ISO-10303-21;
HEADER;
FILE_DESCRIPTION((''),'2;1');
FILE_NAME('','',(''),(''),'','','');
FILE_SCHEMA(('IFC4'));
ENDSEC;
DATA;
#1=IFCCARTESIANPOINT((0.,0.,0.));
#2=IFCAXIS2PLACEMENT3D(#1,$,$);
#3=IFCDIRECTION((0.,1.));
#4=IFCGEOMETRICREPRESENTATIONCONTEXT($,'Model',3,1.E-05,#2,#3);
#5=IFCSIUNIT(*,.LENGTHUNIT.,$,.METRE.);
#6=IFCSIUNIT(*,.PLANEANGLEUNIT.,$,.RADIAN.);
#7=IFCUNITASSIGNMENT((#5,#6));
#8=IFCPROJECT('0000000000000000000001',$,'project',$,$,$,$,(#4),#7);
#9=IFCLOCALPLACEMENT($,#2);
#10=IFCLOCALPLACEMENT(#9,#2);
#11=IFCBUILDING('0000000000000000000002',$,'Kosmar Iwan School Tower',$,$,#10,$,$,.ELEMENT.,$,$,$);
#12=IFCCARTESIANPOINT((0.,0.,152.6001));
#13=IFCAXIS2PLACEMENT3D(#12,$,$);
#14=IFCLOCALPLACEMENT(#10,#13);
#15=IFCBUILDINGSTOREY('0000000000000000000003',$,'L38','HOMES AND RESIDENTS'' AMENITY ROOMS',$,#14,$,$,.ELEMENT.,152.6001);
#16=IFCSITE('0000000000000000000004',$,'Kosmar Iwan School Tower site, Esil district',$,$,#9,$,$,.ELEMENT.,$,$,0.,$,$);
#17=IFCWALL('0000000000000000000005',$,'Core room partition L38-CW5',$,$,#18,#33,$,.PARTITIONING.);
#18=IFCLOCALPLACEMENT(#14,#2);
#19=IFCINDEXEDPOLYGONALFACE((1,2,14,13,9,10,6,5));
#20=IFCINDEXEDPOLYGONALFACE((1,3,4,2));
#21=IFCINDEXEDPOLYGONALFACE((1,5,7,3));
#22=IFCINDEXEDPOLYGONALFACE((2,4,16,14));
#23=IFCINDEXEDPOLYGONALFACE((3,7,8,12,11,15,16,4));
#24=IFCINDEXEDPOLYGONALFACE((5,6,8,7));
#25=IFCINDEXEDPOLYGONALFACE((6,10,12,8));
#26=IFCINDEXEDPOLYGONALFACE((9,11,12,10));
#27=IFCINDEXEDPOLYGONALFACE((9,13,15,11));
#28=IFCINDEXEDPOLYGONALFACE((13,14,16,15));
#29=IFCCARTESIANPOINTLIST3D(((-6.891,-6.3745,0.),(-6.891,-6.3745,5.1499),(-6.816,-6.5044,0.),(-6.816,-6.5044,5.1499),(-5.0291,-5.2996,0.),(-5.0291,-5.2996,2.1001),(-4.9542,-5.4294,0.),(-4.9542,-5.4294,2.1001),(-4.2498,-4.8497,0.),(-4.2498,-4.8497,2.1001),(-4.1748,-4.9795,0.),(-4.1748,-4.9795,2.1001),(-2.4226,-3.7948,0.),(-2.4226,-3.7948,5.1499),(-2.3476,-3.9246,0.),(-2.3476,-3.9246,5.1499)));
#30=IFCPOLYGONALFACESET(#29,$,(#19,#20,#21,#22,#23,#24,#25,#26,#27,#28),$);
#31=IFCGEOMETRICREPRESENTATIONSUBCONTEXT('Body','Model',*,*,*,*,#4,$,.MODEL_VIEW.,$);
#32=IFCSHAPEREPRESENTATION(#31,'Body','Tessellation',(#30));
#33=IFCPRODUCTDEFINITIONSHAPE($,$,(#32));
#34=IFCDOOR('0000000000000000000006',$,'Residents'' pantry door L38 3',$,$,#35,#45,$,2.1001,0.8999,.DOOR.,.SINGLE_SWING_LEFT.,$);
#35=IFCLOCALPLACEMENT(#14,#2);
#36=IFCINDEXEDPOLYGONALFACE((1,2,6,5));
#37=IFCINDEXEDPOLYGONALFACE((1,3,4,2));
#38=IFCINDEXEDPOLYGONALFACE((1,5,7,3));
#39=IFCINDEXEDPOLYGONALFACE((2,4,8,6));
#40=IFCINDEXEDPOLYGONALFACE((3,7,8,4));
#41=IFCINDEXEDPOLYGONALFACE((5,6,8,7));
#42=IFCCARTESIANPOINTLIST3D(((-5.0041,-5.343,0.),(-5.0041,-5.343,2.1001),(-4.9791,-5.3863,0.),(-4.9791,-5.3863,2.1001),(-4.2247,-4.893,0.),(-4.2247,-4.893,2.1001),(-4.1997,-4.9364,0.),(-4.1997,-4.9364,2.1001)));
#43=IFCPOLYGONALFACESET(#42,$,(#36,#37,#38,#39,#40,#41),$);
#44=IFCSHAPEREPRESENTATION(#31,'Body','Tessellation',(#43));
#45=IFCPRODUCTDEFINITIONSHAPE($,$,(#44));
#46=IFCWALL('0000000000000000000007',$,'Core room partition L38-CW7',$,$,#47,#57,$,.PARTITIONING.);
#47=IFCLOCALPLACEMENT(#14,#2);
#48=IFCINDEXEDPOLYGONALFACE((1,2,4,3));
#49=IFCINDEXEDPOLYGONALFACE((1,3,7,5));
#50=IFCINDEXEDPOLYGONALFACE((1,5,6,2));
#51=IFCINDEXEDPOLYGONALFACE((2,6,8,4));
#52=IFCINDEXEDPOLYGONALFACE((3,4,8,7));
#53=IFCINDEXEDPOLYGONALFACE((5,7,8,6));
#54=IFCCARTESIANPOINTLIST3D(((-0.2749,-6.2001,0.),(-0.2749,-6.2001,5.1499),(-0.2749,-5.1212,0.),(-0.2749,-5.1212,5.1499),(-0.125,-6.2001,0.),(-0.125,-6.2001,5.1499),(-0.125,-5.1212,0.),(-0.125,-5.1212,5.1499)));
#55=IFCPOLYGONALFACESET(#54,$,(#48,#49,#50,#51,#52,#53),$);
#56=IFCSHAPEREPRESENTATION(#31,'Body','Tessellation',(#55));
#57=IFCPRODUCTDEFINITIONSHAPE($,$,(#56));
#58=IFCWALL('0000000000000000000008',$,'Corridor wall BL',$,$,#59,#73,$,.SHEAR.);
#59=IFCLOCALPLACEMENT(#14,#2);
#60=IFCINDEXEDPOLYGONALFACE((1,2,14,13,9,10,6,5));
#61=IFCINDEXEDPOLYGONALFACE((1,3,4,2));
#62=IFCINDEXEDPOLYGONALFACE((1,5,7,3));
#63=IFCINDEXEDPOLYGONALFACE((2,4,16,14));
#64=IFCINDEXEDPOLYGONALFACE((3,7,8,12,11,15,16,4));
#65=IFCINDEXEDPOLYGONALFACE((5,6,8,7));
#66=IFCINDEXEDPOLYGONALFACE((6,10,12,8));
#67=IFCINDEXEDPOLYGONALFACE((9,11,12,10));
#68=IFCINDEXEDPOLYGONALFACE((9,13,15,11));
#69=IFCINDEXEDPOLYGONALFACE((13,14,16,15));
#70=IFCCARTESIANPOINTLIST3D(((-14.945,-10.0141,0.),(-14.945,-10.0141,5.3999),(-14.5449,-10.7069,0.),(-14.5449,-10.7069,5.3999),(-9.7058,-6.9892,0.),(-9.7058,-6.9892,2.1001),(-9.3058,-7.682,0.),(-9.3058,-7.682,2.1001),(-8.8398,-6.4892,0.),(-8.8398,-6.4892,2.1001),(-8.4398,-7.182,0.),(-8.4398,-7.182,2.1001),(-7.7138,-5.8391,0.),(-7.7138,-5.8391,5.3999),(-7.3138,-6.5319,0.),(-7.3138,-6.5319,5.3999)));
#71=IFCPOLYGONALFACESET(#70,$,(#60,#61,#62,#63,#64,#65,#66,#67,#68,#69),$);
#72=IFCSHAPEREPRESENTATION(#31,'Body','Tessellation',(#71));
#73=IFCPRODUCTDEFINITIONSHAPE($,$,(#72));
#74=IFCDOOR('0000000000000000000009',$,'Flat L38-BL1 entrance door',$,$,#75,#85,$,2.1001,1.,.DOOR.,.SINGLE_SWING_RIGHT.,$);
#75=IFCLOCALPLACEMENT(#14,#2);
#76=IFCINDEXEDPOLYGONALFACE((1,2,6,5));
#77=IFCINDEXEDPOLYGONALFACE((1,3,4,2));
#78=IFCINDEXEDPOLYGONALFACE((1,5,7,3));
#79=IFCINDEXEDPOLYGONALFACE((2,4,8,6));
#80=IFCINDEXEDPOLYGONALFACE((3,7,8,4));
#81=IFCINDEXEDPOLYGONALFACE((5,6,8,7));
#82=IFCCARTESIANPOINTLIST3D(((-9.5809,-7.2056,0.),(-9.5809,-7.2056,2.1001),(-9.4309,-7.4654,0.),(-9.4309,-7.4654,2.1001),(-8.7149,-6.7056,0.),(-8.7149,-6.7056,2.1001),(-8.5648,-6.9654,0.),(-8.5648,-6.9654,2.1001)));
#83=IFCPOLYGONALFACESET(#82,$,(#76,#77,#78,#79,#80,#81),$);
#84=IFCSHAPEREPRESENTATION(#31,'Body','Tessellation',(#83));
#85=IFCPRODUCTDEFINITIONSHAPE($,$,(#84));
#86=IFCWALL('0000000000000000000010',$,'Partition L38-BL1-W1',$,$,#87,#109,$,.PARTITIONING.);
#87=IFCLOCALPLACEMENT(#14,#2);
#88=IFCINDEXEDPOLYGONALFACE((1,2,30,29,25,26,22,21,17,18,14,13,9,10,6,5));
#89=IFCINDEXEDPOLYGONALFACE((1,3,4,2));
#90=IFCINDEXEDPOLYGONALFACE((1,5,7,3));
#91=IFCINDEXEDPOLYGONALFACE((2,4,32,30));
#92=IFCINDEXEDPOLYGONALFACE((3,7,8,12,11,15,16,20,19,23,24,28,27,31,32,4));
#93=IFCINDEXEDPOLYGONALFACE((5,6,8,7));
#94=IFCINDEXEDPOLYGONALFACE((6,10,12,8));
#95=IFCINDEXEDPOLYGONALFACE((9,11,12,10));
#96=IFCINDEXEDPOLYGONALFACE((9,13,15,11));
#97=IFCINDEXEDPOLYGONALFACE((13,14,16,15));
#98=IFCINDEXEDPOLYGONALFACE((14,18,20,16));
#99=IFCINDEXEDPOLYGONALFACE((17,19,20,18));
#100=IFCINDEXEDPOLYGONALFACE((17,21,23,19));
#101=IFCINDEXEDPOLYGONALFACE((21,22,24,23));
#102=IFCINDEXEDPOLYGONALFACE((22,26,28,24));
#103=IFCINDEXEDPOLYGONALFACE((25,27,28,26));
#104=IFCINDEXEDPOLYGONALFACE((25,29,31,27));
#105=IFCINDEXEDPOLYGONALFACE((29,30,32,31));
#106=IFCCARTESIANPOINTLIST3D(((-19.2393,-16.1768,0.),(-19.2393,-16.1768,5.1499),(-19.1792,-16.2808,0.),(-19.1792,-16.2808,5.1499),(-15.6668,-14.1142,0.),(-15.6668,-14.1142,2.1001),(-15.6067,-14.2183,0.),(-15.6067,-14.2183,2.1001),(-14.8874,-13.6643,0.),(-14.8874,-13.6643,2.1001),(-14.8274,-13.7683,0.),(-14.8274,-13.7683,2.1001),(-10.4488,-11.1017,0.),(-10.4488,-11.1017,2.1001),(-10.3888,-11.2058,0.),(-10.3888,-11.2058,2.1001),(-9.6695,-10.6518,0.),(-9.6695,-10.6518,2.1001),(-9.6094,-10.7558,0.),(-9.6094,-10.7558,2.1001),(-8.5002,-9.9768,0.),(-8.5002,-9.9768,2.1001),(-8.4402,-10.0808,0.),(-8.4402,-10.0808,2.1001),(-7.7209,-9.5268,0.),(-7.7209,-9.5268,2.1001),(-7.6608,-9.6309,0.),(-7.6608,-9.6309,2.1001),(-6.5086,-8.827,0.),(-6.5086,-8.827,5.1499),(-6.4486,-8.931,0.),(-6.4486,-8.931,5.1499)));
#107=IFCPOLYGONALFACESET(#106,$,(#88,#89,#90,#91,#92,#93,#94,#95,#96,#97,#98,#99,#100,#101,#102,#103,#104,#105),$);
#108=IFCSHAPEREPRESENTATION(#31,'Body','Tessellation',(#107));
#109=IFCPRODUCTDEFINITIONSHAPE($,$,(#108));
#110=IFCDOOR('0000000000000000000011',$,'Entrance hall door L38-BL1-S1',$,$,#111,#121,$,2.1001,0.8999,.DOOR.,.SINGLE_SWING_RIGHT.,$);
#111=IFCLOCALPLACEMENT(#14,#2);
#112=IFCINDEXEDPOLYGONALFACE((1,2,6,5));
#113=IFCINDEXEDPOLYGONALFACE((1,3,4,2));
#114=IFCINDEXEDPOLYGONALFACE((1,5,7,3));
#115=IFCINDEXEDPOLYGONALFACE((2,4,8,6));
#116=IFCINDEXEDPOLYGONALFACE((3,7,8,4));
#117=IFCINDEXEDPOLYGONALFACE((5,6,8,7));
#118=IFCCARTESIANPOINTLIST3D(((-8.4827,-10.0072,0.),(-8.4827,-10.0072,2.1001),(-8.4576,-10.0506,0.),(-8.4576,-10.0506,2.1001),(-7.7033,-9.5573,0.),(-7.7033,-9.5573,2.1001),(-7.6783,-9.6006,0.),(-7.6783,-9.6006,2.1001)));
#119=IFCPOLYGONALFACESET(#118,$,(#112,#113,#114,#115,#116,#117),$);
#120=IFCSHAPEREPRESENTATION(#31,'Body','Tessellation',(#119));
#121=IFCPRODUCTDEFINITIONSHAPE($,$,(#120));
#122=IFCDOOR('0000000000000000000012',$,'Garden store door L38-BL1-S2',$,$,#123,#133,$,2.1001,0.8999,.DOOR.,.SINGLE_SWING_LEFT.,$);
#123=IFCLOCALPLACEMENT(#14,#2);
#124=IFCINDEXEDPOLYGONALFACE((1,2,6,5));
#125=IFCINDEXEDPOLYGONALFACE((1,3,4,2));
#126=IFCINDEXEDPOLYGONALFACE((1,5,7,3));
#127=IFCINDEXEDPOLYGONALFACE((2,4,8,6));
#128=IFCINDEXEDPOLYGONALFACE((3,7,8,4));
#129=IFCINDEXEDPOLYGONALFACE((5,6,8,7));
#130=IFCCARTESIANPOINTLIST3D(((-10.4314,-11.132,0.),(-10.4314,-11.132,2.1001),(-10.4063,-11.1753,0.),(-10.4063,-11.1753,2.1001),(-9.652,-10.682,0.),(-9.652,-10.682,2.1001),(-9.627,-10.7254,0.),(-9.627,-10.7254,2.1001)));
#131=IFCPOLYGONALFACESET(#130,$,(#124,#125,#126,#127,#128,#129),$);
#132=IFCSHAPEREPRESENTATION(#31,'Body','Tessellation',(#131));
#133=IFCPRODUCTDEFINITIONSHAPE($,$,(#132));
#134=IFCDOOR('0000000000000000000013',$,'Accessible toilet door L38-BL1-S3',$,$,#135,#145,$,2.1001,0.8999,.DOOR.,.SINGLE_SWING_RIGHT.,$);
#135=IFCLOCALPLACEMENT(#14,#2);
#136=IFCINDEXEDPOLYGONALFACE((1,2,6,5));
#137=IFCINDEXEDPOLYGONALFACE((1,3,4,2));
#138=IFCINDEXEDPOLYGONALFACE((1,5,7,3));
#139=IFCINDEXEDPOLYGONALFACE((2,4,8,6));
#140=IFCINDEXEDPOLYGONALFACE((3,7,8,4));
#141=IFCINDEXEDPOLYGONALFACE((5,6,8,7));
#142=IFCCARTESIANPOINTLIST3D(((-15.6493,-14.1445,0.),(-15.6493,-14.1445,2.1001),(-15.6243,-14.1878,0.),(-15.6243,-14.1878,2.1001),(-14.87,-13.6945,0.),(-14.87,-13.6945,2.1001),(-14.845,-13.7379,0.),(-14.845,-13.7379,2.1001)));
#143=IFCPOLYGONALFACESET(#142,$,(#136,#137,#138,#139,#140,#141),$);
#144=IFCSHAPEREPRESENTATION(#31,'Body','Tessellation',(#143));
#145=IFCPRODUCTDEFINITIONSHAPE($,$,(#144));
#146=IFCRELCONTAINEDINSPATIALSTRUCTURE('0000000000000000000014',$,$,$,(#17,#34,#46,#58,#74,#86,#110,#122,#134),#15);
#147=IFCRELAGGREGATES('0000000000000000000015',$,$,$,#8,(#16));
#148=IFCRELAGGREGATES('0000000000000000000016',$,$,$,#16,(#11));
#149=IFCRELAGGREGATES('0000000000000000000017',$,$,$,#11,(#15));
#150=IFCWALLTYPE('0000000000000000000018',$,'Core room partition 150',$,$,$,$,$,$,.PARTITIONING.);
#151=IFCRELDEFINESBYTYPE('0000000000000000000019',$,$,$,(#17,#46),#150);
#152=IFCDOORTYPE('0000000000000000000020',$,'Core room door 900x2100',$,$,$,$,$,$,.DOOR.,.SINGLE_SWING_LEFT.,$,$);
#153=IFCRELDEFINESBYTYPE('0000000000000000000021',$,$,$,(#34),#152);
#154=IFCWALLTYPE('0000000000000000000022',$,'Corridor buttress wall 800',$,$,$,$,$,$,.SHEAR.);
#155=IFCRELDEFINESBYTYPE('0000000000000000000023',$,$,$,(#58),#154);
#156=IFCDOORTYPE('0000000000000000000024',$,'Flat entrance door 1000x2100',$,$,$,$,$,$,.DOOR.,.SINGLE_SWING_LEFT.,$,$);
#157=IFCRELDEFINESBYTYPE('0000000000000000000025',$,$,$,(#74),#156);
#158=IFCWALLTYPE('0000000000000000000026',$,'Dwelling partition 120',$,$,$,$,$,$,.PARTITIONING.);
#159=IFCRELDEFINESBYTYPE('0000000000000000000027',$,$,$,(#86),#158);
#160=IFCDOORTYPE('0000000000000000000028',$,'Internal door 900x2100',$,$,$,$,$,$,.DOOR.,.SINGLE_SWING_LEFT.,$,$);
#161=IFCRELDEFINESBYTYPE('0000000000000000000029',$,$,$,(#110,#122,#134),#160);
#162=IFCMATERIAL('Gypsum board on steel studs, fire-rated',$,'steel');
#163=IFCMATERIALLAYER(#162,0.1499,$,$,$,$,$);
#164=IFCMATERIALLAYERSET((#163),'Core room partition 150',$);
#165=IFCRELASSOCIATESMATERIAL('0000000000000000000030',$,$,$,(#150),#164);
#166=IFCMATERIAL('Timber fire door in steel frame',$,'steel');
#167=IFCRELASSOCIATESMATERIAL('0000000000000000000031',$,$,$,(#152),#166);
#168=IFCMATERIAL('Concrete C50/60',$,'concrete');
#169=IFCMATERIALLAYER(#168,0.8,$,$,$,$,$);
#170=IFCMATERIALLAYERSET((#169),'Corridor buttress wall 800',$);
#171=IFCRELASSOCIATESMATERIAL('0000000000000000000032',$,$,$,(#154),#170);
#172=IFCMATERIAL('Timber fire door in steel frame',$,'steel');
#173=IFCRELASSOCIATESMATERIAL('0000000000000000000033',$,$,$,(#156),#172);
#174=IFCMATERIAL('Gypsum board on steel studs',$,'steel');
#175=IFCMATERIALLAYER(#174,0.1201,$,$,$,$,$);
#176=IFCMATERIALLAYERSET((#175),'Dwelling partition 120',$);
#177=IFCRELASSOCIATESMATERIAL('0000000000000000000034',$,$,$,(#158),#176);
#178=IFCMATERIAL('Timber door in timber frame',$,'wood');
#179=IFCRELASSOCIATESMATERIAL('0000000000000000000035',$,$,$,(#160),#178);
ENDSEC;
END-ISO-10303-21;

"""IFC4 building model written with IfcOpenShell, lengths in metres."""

from ifc_helpers import new_model, si_unit, direction, frame, frame_2d, origin, place, context, subcontext, project, spatial, rectangle, extrude, material, layer, layer_set, type_object, element, fill, save


model = new_model("IFC4")

# Units and contexts
model_context = context("Model", 3, precision=1e-05, world=origin(), true_north=direction((0.0, 1.0)))
body_context = subcontext(model_context, "Body", "Model", "MODEL_VIEW")
ifc_project = project(units=[si_unit("LENGTHUNIT", "METRE"), si_unit("PLANEANGLEUNIT", "RADIAN")], contexts=[model_context])

# Site, building, storey
site_placement = place(None, origin())
site = spatial("IfcSite", under=ifc_project, at=site_placement, Name="Kosmar Iwan School Tower site, Esil district", CompositionType="ELEMENT", RefElevation=0.0)
building_placement = place(site_placement, origin())
building = spatial("IfcBuilding", under=site, at=building_placement, Name="Kosmar Iwan School Tower", CompositionType="ELEMENT")
storey_placement = place(building_placement, frame((0.0, 0.0, 152.6001)))
storey = spatial("IfcBuildingStorey", under=building, at=storey_placement, Name="L38", Description="HOMES AND RESIDENTS' AMENITY ROOMS", CompositionType="ELEMENT", Elevation=152.6001)

# Wall, opening, door
ifc_material_1 = material(Name="Gypsum board on steel studs, fire-rated", Category="steel")
ifc_layer_1 = layer(ifc_material_1, 0.1499)
ifc_layer_set_1 = layer_set([ifc_layer_1], Name="Core room partition 150")
wall_type_1 = type_object("IfcWallType", Name="Core room partition 150", PredefinedType="PARTITIONING", material=ifc_layer_set_1)
wall_1_placement = place(storey_placement, frame((-6.8535, -6.4395, 0.0), z_axis=(0.0, 0.0, 1.0), x_axis=(0.86603, 0.499991, 0.0)))
wall_1 = element("IfcWall", 1, at=wall_1_placement, inside=storey, type_object=wall_type_1, Name="Core room partition L38-CW5", PredefinedType="PARTITIONING", context=body_context, shape_type="SweptSolid", body=[
    extrude(rectangle(XDim=5.1597, YDim=0.1499, at=frame_2d((2.5798, 0.0))), origin(), (0.0, 0.0, 1.0), 5.1499),
])
opening_1_placement = place(wall_1_placement, frame((2.1499, 0.0, 0.0)))
opening_1 = element("IfcOpeningElement", 2, at=opening_1_placement, cuts=wall_1, PredefinedType="OPENING", context=body_context, shape_type="SweptSolid", body=[
    extrude(rectangle(XDim=0.8999, YDim=2.1001, at=frame_2d((0.45, 1.05))), frame((0.0, 0.0869, 0.0), z_axis=(0.0, -1.0, 0.0), x_axis=(1.0, 0.0, 0.0)), (0.0, 0.0, 1.0), 0.1738),
])
ifc_material_2 = material(Name="Timber fire door in steel frame", Category="steel")
door_type_1 = type_object("IfcDoorType", Name="Core room door 900x2100", OperationType="SINGLE_SWING_LEFT", PredefinedType="DOOR", material=ifc_material_2)
door_1_placement = place(opening_1_placement, origin())
door_1 = element("IfcDoor", 3, at=door_1_placement, inside=storey, type_object=door_type_1, Name="Residents' pantry door L38 3", OperationType="SINGLE_SWING_LEFT", OverallHeight=2.1001, OverallWidth=0.8999, PredefinedType="DOOR", context=body_context, shape_type="SweptSolid", body=[
    extrude(rectangle(XDim=0.8999, YDim=2.1001, at=frame_2d((0.45, 1.05))), frame((0.0, 0.0249, 0.0), z_axis=(0.0, -1.0, 0.0), x_axis=(1.0, 0.0, 0.0)), (0.0, 0.0, 1.0), 0.05),
])
fill(opening_1, door_1)

# Wall
wall_2_placement = place(storey_placement, frame((-0.2, -5.1211, 0.0), z_axis=(0.0, 0.0, 1.0), x_axis=(0.0, -1.0, 0.0)))
element("IfcWall", 4, at=wall_2_placement, inside=storey, type_object=wall_type_1, Name="Core room partition L38-CW7", PredefinedType="PARTITIONING", context=body_context, shape_type="SweptSolid", body=[
    extrude(rectangle(XDim=1.0789, YDim=0.1499, at=frame_2d((0.5396, 0.0))), origin(), (0.0, 0.0, 1.0), 5.1499),
])

# Wall, opening, door
ifc_material_3 = material(Name="Concrete C50/60", Category="concrete")
ifc_layer_2 = layer(ifc_material_3, 0.8)
ifc_layer_set_2 = layer_set([ifc_layer_2], Name="Corridor buttress wall 800")
wall_type_2 = type_object("IfcWallType", Name="Corridor buttress wall 800", PredefinedType="SHEAR", material=ifc_layer_set_2)
wall_3_placement = place(storey_placement, frame((-7.5139, -6.1855, 0.0), z_axis=(0.0, 0.0, 1.0), x_axis=(-0.86602, -0.50001, 0.0)))
wall_3 = element("IfcWall", 5, at=wall_3_placement, inside=storey, type_object=wall_type_2, Name="Corridor wall BL", PredefinedType="SHEAR", context=body_context, shape_type="SweptSolid", body=[
    extrude(rectangle(XDim=8.3499, YDim=0.8, at=frame_2d((4.1748, 0.0))), origin(), (0.0, 0.0, 1.0), 5.3999),
])
opening_2_placement = place(wall_3_placement, frame((1.3, 0.0, 0.0)))
opening_2 = element("IfcOpeningElement", 6, at=opening_2_placement, cuts=wall_3, PredefinedType="OPENING", context=body_context, shape_type="SweptSolid", body=[
    extrude(rectangle(XDim=1.0, YDim=2.1001, at=frame_2d((0.5, 1.05))), frame((0.0, 0.4121, 0.0), z_axis=(0.0, -1.0, 0.0), x_axis=(1.0, 0.0, 0.0)), (0.0, 0.0, 1.0), 0.824),
])
ifc_material_4 = material(Name="Timber fire door in steel frame", Category="steel")
door_type_2 = type_object("IfcDoorType", Name="Flat entrance door 1000x2100", OperationType="SINGLE_SWING_LEFT", PredefinedType="DOOR", material=ifc_material_4)
door_2_placement = place(opening_2_placement, origin())
door_2 = element("IfcDoor", 7, at=door_2_placement, inside=storey, type_object=door_type_2, Name="Flat L38-BL1 entrance door", OperationType="SINGLE_SWING_RIGHT", OverallHeight=2.1001, OverallWidth=1.0, PredefinedType="DOOR", context=body_context, shape_type="SweptSolid", body=[
    extrude(rectangle(XDim=1.0, YDim=2.1001, at=frame_2d((0.5, 1.05))), frame((0.0, 0.1499, 0.0), z_axis=(0.0, -1.0, 0.0), x_axis=(1.0, 0.0, 0.0)), (0.0, 0.0, 1.0), 0.3),
])
fill(opening_2, door_2)

# Wall, openings, doors
ifc_material_5 = material(Name="Gypsum board on steel studs", Category="steel")
ifc_layer_3 = layer(ifc_material_5, 0.1201)
ifc_layer_set_3 = layer_set([ifc_layer_3], Name="Dwelling partition 120")
wall_type_3 = type_object("IfcWallType", Name="Dwelling partition 120", PredefinedType="PARTITIONING", material=ifc_layer_set_3)
wall_4_placement = place(storey_placement, frame((-6.4785, -8.8789, 0.0), z_axis=(0.0, 0.0, 1.0), x_axis=(-0.866032, -0.499988, 0.0)))
wall_4 = element("IfcWall", 8, at=wall_4_placement, inside=storey, type_object=wall_type_3, Name="Partition L38-BL1-W1", PredefinedType="PARTITIONING", context=body_context, shape_type="SweptSolid", body=[
    extrude(rectangle(XDim=14.7, YDim=0.1201, at=frame_2d((7.3501, 0.0))), origin(), (0.0, 0.0, 1.0), 5.1499),
])
opening_3_placement = place(wall_4_placement, frame((1.3999, 0.0, 0.0)))
opening_3 = element("IfcOpeningElement", 9, at=opening_3_placement, cuts=wall_4, PredefinedType="OPENING", context=body_context, shape_type="SweptSolid", body=[
    extrude(rectangle(XDim=0.8999, YDim=2.1001, at=frame_2d((0.45, 1.05))), frame((0.0, 0.072, 0.0), z_axis=(0.0, -1.0, 0.0), x_axis=(1.0, 0.0, 0.0)), (0.0, 0.0, 1.0), 0.144),
])
opening_4_placement = place(wall_4_placement, frame((3.6499, 0.0, 0.0)))
opening_4 = element("IfcOpeningElement", 10, at=opening_4_placement, cuts=wall_4, PredefinedType="OPENING", context=body_context, shape_type="SweptSolid", body=[
    extrude(rectangle(XDim=0.8999, YDim=2.1001, at=frame_2d((0.45, 1.05))), frame((0.0, 0.072, 0.0), z_axis=(0.0, -1.0, 0.0), x_axis=(1.0, 0.0, 0.0)), (0.0, 0.0, 1.0), 0.144),
])
opening_5_placement = place(wall_4_placement, frame((9.675, 0.0, 0.0)))
opening_5 = element("IfcOpeningElement", 11, at=opening_5_placement, cuts=wall_4, PredefinedType="OPENING", context=body_context, shape_type="SweptSolid", body=[
    extrude(rectangle(XDim=0.8999, YDim=2.1001, at=frame_2d((0.45, 1.05))), frame((0.0, 0.072, 0.0), z_axis=(0.0, -1.0, 0.0), x_axis=(1.0, 0.0, 0.0)), (0.0, 0.0, 1.0), 0.144),
])
ifc_material_6 = material(Name="Timber door in timber frame", Category="wood")
door_type_3 = type_object("IfcDoorType", Name="Internal door 900x2100", OperationType="SINGLE_SWING_LEFT", PredefinedType="DOOR", material=ifc_material_6)
door_3_placement = place(opening_3_placement, frame((0.8999, 0.0, 0.0), z_axis=(0.0, 0.0, 1.0), x_axis=(-1.0, 0.0, 0.0)))
door_3 = element("IfcDoor", 12, at=door_3_placement, inside=storey, type_object=door_type_3, Name="Entrance hall door L38-BL1-S1", OperationType="SINGLE_SWING_RIGHT", OverallHeight=2.1001, OverallWidth=0.8999, PredefinedType="DOOR", context=body_context, shape_type="SweptSolid", body=[
    extrude(rectangle(XDim=0.8999, YDim=2.1001, at=frame_2d((0.45, 1.05))), frame((0.0, 0.0249, 0.0), z_axis=(0.0, -1.0, 0.0), x_axis=(1.0, 0.0, 0.0)), (0.0, 0.0, 1.0), 0.05),
])
fill(opening_3, door_3)
door_4_placement = place(opening_4_placement, origin())
door_4 = element("IfcDoor", 13, at=door_4_placement, inside=storey, type_object=door_type_3, Name="Garden store door L38-BL1-S2", OperationType="SINGLE_SWING_LEFT", OverallHeight=2.1001, OverallWidth=0.8999, PredefinedType="DOOR", context=body_context, shape_type="SweptSolid", body=[
    extrude(rectangle(XDim=0.8999, YDim=2.1001, at=frame_2d((0.45, 1.05))), frame((0.0, 0.0249, 0.0), z_axis=(0.0, -1.0, 0.0), x_axis=(1.0, 0.0, 0.0)), (0.0, 0.0, 1.0), 0.05),
])
fill(opening_4, door_4)
door_5_placement = place(opening_5_placement, origin())
door_5 = element("IfcDoor", 14, at=door_5_placement, inside=storey, type_object=door_type_3, Name="Accessible toilet door L38-BL1-S3", OperationType="SINGLE_SWING_RIGHT", OverallHeight=2.1001, OverallWidth=0.8999, PredefinedType="DOOR", context=body_context, shape_type="SweptSolid", body=[
    extrude(rectangle(XDim=0.8999, YDim=2.1001, at=frame_2d((0.45, 1.05))), frame((0.0, 0.0249, 0.0), z_axis=(0.0, -1.0, 0.0), x_axis=(1.0, 0.0, 0.0)), (0.0, 0.0, 1.0), 0.05),
])
fill(opening_5, door_5)

save(model, "model.ifc")
